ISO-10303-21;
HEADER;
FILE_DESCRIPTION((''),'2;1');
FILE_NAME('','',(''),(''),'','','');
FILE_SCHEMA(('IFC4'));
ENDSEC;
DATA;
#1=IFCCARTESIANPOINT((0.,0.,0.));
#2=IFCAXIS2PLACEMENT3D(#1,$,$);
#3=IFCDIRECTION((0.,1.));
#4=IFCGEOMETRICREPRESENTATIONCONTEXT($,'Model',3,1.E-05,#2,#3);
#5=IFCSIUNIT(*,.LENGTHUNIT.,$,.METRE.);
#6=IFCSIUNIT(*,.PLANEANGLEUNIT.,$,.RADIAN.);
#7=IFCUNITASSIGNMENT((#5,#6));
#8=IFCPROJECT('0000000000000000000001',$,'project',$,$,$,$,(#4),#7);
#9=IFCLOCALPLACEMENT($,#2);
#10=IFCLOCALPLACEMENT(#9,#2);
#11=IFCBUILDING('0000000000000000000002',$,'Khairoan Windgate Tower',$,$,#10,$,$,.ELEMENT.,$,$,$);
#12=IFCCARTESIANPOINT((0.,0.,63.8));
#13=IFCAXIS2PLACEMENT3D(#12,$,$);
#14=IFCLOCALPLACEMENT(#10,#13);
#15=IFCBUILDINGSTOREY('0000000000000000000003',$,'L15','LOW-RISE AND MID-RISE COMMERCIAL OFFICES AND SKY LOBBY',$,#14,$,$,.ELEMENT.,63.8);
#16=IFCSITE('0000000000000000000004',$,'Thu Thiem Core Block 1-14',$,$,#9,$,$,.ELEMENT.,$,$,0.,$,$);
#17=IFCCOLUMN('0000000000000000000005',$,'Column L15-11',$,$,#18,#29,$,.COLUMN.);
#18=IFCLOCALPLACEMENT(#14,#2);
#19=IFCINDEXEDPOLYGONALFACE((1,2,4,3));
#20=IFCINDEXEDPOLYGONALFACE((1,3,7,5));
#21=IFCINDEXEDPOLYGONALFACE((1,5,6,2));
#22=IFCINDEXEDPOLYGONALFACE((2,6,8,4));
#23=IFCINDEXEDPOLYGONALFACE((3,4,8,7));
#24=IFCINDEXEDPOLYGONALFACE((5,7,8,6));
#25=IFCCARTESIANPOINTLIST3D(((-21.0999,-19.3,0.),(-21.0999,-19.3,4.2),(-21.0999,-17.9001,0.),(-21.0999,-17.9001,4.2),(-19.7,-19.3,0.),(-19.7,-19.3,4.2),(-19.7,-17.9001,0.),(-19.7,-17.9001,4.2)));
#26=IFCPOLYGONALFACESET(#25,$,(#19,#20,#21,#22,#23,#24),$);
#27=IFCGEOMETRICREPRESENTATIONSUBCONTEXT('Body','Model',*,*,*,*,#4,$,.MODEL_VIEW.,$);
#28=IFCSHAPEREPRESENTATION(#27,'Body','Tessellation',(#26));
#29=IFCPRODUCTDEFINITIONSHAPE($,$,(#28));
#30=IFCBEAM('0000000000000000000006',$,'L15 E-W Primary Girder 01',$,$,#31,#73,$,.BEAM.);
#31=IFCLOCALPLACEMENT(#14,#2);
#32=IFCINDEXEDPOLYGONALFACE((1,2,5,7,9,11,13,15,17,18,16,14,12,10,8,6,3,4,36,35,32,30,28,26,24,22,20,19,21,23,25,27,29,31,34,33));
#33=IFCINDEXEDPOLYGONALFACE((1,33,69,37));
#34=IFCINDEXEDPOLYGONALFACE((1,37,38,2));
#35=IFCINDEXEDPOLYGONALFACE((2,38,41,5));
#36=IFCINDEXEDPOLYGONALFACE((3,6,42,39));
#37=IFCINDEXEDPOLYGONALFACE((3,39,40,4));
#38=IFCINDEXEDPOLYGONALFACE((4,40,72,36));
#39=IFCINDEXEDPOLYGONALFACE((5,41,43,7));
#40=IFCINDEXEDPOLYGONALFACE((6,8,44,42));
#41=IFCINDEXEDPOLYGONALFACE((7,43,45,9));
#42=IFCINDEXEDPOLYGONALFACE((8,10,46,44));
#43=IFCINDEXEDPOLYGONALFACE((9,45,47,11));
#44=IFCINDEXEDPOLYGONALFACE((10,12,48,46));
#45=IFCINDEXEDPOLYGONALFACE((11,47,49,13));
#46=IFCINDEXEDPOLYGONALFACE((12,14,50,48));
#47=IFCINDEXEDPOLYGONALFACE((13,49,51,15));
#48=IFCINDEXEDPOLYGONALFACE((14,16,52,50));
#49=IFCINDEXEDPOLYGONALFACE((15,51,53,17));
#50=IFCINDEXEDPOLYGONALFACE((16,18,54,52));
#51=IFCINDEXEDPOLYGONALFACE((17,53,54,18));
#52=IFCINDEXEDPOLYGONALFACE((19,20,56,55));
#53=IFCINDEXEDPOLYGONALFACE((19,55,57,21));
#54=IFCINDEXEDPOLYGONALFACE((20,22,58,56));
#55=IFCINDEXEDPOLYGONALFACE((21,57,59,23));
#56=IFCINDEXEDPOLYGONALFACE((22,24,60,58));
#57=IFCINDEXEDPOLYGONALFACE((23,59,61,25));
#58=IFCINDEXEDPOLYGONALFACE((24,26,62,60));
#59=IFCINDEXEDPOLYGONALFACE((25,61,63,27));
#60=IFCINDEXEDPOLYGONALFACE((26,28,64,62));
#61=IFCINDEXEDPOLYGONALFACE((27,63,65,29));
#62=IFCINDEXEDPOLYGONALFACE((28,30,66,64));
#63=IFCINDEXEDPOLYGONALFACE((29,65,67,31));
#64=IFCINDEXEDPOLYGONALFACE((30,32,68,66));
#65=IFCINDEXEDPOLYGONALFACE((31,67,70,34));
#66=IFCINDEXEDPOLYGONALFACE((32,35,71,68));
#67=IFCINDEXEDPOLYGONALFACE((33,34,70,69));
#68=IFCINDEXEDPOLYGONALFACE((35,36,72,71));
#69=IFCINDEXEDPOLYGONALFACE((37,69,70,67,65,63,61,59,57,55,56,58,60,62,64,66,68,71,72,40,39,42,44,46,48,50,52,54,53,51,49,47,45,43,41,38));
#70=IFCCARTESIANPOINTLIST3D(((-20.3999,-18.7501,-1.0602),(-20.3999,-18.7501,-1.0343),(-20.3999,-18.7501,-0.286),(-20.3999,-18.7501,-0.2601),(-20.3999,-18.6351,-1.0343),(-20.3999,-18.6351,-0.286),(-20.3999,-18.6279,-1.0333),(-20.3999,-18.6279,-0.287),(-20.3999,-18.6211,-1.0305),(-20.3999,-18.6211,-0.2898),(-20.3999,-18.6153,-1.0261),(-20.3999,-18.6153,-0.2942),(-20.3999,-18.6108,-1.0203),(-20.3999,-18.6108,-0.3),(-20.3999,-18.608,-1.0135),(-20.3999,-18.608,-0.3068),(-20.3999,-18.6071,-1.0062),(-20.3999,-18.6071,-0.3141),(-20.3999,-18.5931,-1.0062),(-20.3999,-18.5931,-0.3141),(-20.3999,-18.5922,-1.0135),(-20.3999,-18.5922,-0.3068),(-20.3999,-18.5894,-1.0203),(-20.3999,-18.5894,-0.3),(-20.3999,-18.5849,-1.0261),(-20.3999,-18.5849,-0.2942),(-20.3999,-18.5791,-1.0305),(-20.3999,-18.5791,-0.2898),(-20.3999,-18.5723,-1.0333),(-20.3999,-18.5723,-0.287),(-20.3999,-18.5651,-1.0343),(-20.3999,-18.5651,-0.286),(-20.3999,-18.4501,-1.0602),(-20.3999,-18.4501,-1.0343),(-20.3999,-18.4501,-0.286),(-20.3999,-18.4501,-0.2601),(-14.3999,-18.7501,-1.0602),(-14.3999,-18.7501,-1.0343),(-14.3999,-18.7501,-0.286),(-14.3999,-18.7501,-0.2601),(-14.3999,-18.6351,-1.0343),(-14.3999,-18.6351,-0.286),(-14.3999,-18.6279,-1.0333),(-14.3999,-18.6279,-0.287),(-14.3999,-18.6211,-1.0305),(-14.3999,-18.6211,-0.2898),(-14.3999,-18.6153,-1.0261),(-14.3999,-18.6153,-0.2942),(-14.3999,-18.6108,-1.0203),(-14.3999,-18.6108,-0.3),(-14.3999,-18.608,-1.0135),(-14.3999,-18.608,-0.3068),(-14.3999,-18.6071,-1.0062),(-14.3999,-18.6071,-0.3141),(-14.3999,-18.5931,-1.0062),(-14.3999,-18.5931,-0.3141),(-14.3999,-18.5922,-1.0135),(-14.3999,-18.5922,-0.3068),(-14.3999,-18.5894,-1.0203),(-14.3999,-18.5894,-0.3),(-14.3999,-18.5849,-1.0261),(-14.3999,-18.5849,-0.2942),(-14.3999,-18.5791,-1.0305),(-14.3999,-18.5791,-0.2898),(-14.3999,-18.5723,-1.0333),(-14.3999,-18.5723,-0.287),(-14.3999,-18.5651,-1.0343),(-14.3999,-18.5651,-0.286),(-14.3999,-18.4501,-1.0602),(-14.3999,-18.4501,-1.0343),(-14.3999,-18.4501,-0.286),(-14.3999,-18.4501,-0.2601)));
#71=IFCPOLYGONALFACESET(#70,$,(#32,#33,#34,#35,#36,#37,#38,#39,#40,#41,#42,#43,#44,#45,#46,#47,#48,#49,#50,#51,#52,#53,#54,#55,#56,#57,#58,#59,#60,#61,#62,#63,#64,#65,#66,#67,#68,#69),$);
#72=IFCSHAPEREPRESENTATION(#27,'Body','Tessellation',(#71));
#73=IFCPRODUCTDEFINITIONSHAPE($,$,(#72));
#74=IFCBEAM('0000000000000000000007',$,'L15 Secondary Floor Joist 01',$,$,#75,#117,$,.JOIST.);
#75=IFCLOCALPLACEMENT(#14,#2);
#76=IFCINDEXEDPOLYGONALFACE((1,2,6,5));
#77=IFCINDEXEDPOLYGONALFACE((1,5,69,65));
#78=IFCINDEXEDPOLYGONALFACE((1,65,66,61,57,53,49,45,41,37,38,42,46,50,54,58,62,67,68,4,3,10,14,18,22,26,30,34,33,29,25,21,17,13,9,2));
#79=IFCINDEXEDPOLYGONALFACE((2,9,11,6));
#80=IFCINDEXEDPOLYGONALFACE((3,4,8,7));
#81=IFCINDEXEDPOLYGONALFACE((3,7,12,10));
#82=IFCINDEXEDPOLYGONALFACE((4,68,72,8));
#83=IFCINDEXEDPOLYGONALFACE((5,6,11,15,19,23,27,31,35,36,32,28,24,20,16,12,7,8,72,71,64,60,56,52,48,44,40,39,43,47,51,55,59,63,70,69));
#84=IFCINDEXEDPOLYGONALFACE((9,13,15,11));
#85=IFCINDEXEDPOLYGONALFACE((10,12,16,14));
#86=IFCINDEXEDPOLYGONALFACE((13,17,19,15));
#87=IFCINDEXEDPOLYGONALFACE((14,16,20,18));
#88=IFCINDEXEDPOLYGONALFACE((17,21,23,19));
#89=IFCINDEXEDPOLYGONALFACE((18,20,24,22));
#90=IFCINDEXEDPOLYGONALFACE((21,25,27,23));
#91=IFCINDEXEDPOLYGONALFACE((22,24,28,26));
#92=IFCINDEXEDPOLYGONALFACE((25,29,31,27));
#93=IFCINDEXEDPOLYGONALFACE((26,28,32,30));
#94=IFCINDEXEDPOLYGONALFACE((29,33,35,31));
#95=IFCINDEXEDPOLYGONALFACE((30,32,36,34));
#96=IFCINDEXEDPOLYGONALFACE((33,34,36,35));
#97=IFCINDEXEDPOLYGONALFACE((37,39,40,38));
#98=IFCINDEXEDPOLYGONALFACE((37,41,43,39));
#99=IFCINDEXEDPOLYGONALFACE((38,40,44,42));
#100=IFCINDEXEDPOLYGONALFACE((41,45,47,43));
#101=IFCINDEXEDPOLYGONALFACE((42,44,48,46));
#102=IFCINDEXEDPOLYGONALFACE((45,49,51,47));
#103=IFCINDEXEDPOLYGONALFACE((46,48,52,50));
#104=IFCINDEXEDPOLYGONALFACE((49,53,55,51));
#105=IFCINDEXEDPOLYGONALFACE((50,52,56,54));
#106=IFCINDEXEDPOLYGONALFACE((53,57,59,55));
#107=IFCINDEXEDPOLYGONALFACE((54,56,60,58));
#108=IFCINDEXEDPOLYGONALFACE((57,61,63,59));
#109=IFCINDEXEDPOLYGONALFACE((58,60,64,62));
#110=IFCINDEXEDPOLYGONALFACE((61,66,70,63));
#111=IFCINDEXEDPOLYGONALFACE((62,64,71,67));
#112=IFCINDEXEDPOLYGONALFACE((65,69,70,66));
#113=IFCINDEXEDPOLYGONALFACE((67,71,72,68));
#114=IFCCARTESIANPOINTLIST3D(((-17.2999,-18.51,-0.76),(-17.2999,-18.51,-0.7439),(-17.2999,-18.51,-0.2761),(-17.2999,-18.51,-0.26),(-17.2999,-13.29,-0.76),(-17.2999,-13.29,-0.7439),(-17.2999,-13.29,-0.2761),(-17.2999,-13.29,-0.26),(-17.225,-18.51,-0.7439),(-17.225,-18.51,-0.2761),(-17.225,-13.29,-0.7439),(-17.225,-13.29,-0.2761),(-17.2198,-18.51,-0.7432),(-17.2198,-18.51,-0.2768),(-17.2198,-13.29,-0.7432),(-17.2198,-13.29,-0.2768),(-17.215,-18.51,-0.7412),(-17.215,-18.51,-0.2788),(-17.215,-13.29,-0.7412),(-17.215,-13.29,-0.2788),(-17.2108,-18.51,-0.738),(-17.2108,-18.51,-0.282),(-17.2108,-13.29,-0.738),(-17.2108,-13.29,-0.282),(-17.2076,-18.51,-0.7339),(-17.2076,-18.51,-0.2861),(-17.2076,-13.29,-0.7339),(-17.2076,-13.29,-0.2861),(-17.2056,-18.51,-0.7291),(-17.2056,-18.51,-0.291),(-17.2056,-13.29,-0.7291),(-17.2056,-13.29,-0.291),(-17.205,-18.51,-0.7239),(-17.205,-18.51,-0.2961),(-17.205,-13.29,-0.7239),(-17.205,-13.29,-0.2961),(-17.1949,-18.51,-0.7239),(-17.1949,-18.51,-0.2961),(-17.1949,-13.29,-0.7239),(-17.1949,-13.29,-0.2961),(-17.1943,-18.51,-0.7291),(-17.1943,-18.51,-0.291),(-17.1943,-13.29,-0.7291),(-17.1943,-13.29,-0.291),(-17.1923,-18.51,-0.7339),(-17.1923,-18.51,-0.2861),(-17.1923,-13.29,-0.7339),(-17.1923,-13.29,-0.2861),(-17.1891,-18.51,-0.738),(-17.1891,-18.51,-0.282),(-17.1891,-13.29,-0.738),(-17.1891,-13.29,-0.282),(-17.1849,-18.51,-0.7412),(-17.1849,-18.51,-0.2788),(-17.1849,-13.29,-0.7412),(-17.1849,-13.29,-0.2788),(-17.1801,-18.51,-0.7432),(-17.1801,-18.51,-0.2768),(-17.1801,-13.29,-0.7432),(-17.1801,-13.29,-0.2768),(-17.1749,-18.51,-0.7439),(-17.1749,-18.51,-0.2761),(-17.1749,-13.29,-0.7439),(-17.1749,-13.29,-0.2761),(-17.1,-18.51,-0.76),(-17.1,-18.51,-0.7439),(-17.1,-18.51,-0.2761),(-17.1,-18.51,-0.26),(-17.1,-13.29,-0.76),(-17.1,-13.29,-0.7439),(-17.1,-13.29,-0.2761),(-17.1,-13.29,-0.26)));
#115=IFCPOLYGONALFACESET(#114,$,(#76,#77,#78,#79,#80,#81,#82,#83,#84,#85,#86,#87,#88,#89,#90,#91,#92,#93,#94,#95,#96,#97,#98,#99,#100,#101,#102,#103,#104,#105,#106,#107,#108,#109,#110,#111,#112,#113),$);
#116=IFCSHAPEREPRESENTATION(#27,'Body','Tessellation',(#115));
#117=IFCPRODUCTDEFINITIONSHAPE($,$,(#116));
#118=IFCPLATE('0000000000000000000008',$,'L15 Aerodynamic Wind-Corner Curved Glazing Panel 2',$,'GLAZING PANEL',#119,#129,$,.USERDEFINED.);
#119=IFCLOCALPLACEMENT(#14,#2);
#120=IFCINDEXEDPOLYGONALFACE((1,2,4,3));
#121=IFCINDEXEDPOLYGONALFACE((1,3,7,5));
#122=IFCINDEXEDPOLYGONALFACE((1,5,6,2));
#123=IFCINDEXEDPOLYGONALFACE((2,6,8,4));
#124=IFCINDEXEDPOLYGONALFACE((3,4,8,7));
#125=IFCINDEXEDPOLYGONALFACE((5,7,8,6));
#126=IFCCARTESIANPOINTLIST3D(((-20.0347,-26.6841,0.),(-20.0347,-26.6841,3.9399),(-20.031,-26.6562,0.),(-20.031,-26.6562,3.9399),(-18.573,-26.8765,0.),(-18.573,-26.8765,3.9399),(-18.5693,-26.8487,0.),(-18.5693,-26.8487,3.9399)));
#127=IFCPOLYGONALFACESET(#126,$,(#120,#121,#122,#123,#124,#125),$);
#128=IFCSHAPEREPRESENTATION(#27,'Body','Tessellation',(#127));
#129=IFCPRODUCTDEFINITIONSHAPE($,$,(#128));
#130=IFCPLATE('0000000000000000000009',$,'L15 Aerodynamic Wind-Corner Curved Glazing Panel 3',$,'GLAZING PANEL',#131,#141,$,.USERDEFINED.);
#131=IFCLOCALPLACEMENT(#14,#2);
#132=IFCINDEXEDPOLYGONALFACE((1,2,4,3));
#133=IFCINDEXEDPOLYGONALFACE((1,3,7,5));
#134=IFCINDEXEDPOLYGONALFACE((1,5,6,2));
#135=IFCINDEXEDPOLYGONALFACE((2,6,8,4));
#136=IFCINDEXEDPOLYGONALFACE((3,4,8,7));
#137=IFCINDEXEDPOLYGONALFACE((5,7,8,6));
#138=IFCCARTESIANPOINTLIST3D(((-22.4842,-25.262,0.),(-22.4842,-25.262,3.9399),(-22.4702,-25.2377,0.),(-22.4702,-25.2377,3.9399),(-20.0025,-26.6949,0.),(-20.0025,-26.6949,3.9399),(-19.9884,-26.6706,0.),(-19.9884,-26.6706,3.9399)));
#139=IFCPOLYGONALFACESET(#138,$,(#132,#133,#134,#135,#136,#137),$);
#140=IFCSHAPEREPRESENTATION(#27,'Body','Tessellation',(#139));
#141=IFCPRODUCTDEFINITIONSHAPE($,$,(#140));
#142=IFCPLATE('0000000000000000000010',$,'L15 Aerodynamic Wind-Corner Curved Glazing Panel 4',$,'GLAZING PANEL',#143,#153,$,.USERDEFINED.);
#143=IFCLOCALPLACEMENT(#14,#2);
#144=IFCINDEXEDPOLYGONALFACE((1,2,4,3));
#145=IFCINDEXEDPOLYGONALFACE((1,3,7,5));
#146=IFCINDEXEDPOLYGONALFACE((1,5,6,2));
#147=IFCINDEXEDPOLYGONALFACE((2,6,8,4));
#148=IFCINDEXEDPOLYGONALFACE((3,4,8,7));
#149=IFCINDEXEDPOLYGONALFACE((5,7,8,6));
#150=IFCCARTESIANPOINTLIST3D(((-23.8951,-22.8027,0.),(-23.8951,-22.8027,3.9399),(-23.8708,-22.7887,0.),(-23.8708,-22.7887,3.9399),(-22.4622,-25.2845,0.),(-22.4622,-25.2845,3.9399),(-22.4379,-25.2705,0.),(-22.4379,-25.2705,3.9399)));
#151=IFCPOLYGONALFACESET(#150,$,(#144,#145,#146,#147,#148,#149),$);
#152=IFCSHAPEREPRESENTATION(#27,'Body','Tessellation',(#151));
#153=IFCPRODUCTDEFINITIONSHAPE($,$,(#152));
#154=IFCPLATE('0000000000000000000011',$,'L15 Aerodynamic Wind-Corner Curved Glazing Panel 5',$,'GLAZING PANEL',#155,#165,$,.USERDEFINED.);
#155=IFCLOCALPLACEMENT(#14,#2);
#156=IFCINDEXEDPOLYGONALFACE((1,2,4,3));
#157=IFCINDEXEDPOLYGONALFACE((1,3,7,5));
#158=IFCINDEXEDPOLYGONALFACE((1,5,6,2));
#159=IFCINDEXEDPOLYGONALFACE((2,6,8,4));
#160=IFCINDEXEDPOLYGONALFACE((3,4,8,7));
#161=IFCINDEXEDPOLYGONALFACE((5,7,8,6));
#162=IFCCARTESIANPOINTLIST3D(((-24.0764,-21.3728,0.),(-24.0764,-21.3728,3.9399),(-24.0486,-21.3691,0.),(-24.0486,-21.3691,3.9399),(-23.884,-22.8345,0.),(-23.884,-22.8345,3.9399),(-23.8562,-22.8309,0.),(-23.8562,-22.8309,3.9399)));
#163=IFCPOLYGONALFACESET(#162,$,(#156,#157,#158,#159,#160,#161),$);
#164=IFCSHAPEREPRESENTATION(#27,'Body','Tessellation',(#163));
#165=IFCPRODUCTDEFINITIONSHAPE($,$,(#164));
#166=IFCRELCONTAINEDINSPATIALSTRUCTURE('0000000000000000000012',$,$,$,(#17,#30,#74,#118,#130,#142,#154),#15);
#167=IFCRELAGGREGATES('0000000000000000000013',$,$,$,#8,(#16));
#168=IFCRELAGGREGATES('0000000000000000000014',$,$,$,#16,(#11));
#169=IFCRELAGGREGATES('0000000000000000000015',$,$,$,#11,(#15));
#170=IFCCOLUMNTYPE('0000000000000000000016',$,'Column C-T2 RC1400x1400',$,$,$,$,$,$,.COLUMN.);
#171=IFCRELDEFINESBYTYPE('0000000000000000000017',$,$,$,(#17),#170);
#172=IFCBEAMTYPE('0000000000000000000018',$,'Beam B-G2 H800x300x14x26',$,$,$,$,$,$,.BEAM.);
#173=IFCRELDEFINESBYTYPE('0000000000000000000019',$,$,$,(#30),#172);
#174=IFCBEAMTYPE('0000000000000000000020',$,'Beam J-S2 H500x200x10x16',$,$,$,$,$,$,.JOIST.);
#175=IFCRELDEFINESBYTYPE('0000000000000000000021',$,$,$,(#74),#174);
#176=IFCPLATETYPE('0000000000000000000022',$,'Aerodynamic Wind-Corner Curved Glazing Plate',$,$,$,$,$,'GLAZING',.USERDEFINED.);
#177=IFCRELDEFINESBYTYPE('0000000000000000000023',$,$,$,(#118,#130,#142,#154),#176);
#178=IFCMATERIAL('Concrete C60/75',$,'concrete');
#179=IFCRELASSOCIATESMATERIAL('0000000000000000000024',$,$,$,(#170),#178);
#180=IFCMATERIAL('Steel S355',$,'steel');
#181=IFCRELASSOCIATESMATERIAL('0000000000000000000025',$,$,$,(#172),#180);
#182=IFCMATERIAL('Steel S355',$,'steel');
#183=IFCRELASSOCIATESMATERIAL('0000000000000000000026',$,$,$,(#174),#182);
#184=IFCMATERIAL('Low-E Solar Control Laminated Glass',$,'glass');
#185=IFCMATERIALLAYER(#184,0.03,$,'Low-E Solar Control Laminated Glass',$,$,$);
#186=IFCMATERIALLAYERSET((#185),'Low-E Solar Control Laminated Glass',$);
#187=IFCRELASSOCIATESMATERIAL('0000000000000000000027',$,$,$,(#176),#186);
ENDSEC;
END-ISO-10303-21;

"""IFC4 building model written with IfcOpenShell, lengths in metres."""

from ifc_helpers import new_model, si_unit, direction, frame, origin, origin_2d, place, context, subcontext, project, spatial, rectangle, i_section, extrude, material, layer, layer_set, material_profile, profile_set, type_object, element, save


model = new_model("IFC4")

# Units and contexts
model_context = context("Model", 3, precision=1e-05, world=origin(), true_north=direction((0.0, 1.0)))
body_context = subcontext(model_context, "Body", "Model", "MODEL_VIEW")
ifc_project = project(units=[si_unit("LENGTHUNIT", "METRE"), si_unit("PLANEANGLEUNIT", "RADIAN")], contexts=[model_context])

# Site, building, storey
site_placement = place(None, origin())
site = spatial("IfcSite", under=ifc_project, at=site_placement, Name="Thu Thiem Core Block 1-14", CompositionType="ELEMENT", RefElevation=0.0)
building_placement = place(site_placement, origin())
building = spatial("IfcBuilding", under=site, at=building_placement, Name="Khairoan Windgate Tower", CompositionType="ELEMENT")
storey_placement = place(building_placement, frame((0.0, 0.0, 63.8)))
storey = spatial("IfcBuildingStorey", under=building, at=storey_placement, Name="L15", Description="LOW-RISE AND MID-RISE COMMERCIAL OFFICES AND SKY LOBBY", CompositionType="ELEMENT", Elevation=63.8)

# Column
ifc_material_1 = material(Name="Concrete C60/75", Category="concrete")
ifc_material_profile_1 = material_profile(ifc_material_1, rectangle(XDim=1.3999, YDim=1.3999, at=origin_2d()))
ifc_profile_set_1 = profile_set([ifc_material_profile_1], Name="Concrete C60/75")
column_type = type_object("IfcColumnType", Name="Column C-T2 RC1400x1400", PredefinedType="COLUMN", material=ifc_profile_set_1)
column_placement = place(storey_placement, frame((-20.3999, -18.6001, 0.0), z_axis=(0.0, 0.0, 1.0), x_axis=(1.0, 0.0, 0.0)))
element("IfcColumn", 1, at=column_placement, inside=storey, type_object=column_type, Name="Column L15-11", PredefinedType="COLUMN", context=body_context, shape_type="SweptSolid", body=[
    extrude(rectangle(XDim=1.3999, YDim=1.3999, at=origin_2d()), origin(), (0.0, 0.0, 1.0), 4.2),
])

# Beams
ifc_material_2 = material(Name="Steel S355", Category="steel")
ifc_material_profile_2 = material_profile(ifc_material_2, i_section(OverallWidth=0.3, OverallDepth=0.8, WebThickness=0.0139, FlangeThickness=0.0259, FilletRadius=0.0281, at=origin_2d()))
ifc_profile_set_2 = profile_set([ifc_material_profile_2], Name="Steel S355")
beam_type_1 = type_object("IfcBeamType", Name="Beam B-G2 H800x300x14x26", PredefinedType="BEAM", material=ifc_profile_set_2)
beam_1_placement = place(storey_placement, frame((-20.3999, -18.6001, -0.6602), z_axis=(1.0, 0.0, 0.0), x_axis=(0.0, 1.0, 0.0)))
element("IfcBeam", 2, at=beam_1_placement, inside=storey, type_object=beam_type_1, Name="L15 E-W Primary Girder 01", PredefinedType="BEAM", context=body_context, shape_type="SweptSolid", body=[
    extrude(i_section(OverallWidth=0.3, OverallDepth=0.8, WebThickness=0.0139, FlangeThickness=0.0259, FilletRadius=0.0281, at=origin_2d()), origin(), (0.0, 0.0, 1.0), 6.0),
])
ifc_material_3 = material(Name="Steel S355", Category="steel")
ifc_material_profile_3 = material_profile(ifc_material_3, i_section(OverallWidth=0.2, OverallDepth=0.5, WebThickness=0.01, FlangeThickness=0.0161, FilletRadius=0.02, at=origin_2d()))
ifc_profile_set_3 = profile_set([ifc_material_profile_3], Name="Steel S355")
beam_type_2 = type_object("IfcBeamType", Name="Beam J-S2 H500x200x10x16", PredefinedType="JOIST", material=ifc_profile_set_3)
beam_2_placement = place(storey_placement, frame((-17.2, -18.51, -0.51), z_axis=(0.0, 1.0, 0.0), x_axis=(-1.0, 0.0, 0.0)))
element("IfcBeam", 3, at=beam_2_placement, inside=storey, type_object=beam_type_2, Name="L15 Secondary Floor Joist 01", PredefinedType="JOIST", context=body_context, shape_type="SweptSolid", body=[
    extrude(i_section(OverallWidth=0.2, OverallDepth=0.5, WebThickness=0.01, FlangeThickness=0.0161, FilletRadius=0.02, at=origin_2d()), origin(), (0.0, 0.0, 1.0), 5.22),
])

# Plates
ifc_material_4 = material(Name="Low-E Solar Control Laminated Glass", Category="glass")
ifc_layer_1 = layer(ifc_material_4, 0.03, Name="Low-E Solar Control Laminated Glass")
ifc_layer_set_1 = layer_set([ifc_layer_1], Name="Low-E Solar Control Laminated Glass")
plate_type_1 = type_object("IfcPlateType", Name="Aerodynamic Wind-Corner Curved Glazing Plate", ElementType="GLAZING", PredefinedType="USERDEFINED", material=ifc_layer_set_1)
plate_1_placement = place(storey_placement, frame((-19.302, -26.7664, 0.0), z_axis=(0.0, 0.0, 1.0), x_axis=(-0.991445, 0.130526, 0.0)))
element("IfcPlate", 4, at=plate_1_placement, inside=storey, type_object=plate_type_1, Name="L15 Aerodynamic Wind-Corner Curved Glazing Panel 2", ObjectType="GLAZING PANEL", PredefinedType="USERDEFINED", context=body_context, shape_type="SweptSolid", body=[
    extrude(rectangle(XDim=1.4744, YDim=0.0281, at=origin_2d()), origin(), (0.0, 0.0, 1.0), 3.9399),
])
for number, where, z_axis, x_axis, name in (
    (5, (-21.2363, -25.9663, 0.0), (0.0, 0.0, 1.0), (-0.866025, 0.5, 0.0), "L15 Aerodynamic Wind-Corner Curved Glazing Panel 3"),
    (6, (-23.1665, -24.0366, 0.0), (0.0, 0.0, 1.0), (-0.5, 0.866025, 0.0), "L15 Aerodynamic Wind-Corner Curved Glazing Panel 4"),
):
    element("IfcPlate", number, at=place(storey_placement, frame(where, z_axis=z_axis, x_axis=x_axis)), inside=storey, type_object=plate_type_1, Name=name, ObjectType="GLAZING PANEL", PredefinedType="USERDEFINED", context=body_context, shape_type="SweptSolid", body=[
        extrude(rectangle(XDim=2.8657, YDim=0.0281, at=origin_2d()), origin(), (0.0, 0.0, 1.0), 3.9399),
    ])
plate_2_placement = place(storey_placement, frame((-23.9663, -22.1018, 0.0), z_axis=(0.0, 0.0, 1.0), x_axis=(-0.130526, 0.991445, 0.0)))
element("IfcPlate", 7, at=plate_2_placement, inside=storey, type_object=plate_type_1, Name="L15 Aerodynamic Wind-Corner Curved Glazing Panel 5", ObjectType="GLAZING PANEL", PredefinedType="USERDEFINED", context=body_context, shape_type="SweptSolid", body=[
    extrude(rectangle(XDim=1.4744, YDim=0.0281, at=origin_2d()), origin(), (0.0, 0.0, 1.0), 3.9399),
])

save(model, "model.ifc")
